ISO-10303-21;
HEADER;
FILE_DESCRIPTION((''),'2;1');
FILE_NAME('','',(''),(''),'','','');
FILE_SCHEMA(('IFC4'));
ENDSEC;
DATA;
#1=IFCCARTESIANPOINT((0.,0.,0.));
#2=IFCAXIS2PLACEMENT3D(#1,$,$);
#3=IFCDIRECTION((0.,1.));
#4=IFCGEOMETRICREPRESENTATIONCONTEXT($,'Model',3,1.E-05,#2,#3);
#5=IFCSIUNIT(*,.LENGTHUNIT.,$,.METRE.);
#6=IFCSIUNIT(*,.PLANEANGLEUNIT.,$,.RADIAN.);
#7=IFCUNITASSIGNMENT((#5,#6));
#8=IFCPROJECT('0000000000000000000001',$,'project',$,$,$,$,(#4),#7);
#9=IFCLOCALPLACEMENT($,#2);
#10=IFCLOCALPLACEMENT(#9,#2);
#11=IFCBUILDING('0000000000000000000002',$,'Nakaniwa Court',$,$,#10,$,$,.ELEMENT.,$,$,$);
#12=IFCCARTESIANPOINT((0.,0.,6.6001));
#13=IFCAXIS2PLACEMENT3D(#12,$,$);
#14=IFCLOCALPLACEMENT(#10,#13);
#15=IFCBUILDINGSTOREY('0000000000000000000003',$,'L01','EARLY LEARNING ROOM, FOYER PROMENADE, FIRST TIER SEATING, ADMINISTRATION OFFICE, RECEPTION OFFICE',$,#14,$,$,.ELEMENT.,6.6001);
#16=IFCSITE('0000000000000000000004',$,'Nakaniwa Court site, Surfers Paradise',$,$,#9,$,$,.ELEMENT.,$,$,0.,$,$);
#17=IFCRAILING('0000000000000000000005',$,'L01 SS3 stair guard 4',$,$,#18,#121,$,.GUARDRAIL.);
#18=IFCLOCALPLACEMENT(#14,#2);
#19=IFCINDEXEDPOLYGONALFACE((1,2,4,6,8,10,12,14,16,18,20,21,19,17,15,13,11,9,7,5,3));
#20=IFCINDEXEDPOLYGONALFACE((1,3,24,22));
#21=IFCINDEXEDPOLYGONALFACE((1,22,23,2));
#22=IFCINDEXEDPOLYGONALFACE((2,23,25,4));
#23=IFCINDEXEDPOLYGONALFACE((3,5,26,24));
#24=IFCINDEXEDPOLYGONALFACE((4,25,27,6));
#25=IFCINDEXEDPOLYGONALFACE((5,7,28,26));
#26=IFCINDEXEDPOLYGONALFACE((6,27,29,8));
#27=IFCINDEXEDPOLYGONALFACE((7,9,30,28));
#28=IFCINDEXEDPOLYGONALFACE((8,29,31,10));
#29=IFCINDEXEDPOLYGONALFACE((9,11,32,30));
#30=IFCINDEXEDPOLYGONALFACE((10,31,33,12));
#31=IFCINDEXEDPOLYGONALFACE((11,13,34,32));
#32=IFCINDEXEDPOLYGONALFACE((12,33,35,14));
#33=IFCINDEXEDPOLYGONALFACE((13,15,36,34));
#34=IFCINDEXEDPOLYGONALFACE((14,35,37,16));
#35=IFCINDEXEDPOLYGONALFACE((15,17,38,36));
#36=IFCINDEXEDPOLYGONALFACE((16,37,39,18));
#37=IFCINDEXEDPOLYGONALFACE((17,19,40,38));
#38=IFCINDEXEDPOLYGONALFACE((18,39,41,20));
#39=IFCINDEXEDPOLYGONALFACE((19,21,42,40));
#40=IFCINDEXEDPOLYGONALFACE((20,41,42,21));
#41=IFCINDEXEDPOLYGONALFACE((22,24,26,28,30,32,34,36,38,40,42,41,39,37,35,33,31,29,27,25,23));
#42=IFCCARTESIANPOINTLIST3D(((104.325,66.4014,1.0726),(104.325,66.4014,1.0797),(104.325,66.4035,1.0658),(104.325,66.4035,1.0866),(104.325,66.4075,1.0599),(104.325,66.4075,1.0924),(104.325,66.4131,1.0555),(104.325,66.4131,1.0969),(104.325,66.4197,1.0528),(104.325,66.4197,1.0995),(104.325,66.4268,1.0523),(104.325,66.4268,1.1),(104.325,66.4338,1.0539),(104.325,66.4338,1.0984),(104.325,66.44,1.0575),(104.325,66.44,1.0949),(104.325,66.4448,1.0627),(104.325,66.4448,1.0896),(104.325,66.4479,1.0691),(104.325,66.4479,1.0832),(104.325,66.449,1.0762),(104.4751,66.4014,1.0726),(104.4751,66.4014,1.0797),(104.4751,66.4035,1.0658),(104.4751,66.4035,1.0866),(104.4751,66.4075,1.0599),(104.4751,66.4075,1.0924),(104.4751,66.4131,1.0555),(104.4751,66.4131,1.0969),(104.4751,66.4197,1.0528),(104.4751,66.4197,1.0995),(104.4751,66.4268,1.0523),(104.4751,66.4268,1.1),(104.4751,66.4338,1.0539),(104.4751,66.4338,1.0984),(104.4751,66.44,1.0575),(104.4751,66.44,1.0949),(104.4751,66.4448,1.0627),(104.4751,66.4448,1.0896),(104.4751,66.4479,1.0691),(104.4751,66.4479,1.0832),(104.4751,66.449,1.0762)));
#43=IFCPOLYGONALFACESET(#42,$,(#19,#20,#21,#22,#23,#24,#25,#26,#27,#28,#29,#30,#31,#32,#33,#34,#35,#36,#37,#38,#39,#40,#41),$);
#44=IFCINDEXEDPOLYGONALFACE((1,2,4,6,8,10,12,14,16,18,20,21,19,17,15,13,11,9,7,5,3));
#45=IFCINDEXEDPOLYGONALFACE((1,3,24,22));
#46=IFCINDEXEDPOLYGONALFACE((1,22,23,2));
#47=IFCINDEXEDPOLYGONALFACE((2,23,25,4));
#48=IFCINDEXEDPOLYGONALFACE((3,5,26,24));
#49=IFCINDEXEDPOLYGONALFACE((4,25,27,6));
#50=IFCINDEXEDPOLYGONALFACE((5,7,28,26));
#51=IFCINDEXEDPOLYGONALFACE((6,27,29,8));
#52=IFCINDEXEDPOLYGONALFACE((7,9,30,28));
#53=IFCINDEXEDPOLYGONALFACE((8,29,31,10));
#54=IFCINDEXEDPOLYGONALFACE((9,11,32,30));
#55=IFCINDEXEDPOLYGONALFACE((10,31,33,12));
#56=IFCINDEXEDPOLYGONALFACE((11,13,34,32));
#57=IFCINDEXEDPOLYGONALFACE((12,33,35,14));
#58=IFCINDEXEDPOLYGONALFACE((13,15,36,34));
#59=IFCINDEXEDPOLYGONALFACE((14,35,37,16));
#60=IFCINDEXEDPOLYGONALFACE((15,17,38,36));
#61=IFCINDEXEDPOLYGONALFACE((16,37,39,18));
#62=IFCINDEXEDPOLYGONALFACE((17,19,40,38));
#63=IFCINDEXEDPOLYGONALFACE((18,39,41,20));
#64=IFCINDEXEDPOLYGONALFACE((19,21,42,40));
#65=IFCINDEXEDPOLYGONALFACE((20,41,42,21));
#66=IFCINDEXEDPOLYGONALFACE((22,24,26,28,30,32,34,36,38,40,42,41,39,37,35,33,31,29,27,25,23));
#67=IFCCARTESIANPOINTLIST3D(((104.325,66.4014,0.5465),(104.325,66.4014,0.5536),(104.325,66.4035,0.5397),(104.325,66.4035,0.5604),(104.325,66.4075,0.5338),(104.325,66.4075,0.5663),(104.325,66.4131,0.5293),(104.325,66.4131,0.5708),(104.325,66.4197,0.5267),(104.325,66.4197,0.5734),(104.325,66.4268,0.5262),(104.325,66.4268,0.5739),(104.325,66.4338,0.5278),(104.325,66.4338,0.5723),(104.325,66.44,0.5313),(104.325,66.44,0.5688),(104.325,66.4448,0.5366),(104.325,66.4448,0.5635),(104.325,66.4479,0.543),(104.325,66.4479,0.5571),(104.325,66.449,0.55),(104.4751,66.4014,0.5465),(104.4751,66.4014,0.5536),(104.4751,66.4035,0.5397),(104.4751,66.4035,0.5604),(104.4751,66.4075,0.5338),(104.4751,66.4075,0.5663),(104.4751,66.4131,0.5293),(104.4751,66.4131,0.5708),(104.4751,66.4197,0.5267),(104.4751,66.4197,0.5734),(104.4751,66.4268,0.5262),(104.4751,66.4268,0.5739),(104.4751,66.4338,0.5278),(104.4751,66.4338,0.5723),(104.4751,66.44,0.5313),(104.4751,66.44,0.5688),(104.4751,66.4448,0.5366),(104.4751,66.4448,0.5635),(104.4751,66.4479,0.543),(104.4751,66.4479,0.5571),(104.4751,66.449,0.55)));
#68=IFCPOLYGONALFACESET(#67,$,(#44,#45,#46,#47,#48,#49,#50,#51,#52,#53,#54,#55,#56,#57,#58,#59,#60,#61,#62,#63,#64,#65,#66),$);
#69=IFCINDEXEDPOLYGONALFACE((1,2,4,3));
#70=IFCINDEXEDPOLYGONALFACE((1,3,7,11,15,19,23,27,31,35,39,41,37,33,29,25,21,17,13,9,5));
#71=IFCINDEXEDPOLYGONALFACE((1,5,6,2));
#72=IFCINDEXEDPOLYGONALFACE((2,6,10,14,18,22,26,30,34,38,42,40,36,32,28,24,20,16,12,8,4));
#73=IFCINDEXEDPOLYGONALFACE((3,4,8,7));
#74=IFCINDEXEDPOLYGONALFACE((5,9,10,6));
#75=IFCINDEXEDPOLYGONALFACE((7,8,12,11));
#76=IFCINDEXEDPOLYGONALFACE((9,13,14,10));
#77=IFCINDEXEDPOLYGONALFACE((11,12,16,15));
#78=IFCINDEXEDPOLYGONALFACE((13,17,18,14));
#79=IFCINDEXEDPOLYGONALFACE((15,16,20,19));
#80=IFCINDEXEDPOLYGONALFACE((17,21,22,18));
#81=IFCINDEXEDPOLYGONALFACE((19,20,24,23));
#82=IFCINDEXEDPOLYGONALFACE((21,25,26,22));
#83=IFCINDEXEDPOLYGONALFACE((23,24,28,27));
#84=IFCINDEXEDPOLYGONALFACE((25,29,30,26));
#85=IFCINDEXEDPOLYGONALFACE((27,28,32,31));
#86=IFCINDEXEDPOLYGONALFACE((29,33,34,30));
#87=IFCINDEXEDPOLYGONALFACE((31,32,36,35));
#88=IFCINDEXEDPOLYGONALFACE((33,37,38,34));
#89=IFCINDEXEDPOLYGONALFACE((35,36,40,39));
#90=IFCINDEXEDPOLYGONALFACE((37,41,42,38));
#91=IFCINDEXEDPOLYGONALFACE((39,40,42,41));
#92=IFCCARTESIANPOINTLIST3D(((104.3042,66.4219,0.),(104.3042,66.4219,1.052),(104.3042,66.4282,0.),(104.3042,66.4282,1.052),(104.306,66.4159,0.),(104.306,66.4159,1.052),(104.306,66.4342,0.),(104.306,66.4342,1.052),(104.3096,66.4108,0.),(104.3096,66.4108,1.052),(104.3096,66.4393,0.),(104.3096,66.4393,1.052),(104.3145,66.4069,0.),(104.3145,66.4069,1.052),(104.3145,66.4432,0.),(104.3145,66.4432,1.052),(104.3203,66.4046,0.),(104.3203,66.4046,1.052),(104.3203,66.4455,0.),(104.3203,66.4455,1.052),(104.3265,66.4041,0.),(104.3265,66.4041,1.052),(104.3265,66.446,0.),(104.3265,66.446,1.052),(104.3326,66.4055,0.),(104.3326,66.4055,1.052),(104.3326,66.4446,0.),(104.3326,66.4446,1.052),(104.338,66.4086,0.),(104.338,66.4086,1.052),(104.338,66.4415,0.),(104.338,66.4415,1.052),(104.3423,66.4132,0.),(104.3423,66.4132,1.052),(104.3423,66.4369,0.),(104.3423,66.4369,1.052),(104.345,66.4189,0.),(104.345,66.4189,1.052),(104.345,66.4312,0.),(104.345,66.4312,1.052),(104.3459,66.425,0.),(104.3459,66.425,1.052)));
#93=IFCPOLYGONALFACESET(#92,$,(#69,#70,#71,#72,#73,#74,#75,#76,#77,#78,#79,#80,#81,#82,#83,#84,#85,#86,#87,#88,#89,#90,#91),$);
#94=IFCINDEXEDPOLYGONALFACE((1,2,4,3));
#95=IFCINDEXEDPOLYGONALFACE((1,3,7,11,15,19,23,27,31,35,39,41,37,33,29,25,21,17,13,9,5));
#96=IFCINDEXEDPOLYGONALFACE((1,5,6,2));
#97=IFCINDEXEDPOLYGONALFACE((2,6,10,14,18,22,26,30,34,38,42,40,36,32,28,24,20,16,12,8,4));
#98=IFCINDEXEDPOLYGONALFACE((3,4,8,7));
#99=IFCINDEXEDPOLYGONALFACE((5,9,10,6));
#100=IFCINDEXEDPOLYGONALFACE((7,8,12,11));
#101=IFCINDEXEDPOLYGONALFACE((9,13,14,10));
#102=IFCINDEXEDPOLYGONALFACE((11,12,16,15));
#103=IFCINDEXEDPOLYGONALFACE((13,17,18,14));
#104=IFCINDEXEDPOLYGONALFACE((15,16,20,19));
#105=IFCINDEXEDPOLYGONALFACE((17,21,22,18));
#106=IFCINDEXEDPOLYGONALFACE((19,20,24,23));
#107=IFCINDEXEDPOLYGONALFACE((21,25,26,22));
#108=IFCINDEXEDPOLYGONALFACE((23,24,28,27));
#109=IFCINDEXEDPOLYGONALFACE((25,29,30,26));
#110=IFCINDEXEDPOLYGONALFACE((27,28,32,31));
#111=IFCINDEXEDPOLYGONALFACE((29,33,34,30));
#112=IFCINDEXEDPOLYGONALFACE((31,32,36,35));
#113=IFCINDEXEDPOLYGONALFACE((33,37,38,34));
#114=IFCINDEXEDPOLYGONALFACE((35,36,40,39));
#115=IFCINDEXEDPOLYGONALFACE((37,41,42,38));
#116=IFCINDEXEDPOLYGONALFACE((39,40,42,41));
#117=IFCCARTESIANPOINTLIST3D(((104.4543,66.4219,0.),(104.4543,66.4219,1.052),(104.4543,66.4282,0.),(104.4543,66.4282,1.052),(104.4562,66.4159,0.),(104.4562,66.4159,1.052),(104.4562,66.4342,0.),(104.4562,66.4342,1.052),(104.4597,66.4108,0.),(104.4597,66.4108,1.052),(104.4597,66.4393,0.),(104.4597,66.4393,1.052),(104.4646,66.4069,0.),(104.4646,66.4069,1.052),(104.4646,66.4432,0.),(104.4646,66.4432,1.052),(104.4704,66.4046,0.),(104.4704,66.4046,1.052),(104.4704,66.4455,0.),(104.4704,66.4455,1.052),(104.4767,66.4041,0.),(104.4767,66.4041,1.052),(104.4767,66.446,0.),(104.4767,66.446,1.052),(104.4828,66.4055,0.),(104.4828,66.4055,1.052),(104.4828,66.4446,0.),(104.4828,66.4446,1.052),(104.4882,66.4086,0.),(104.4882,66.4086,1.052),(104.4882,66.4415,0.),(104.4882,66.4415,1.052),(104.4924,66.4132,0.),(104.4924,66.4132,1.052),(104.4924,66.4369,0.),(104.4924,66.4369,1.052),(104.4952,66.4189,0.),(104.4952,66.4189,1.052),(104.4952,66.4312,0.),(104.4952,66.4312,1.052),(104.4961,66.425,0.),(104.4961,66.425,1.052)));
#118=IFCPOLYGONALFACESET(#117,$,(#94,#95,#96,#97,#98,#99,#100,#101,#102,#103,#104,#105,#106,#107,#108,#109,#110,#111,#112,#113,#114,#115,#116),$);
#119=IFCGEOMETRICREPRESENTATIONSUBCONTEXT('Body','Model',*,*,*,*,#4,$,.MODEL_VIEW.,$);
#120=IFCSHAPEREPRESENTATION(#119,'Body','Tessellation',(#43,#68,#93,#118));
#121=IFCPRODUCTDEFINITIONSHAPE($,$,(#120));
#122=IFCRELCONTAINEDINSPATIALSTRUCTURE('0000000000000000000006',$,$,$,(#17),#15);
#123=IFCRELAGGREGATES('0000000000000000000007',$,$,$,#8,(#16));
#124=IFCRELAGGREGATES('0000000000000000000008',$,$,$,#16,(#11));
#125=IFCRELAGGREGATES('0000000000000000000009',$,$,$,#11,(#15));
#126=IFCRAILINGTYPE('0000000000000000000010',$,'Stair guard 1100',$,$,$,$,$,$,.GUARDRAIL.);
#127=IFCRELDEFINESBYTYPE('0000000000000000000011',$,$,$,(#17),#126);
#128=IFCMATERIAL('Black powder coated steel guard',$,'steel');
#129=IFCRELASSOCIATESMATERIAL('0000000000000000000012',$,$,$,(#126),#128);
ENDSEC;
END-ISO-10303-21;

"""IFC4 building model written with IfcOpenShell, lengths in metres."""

from ifc_helpers import new_model, si_unit, direction, frame, origin, origin_2d, place, context, subcontext, project, spatial, circle, extrude, material, type_object, element, save


model = new_model("IFC4")

# Units and contexts
model_context = context("Model", 3, precision=1e-05, world=origin(), true_north=direction((0.0, 1.0)))
body_context = subcontext(model_context, "Body", "Model", "MODEL_VIEW")
ifc_project = project(units=[si_unit("LENGTHUNIT", "METRE"), si_unit("PLANEANGLEUNIT", "RADIAN")], contexts=[model_context])

# Site, building, storey
site_placement = place(None, origin())
site = spatial("IfcSite", under=ifc_project, at=site_placement, Name="Nakaniwa Court site, Surfers Paradise", CompositionType="ELEMENT", RefElevation=0.0)
building_placement = place(site_placement, origin())
building = spatial("IfcBuilding", under=site, at=building_placement, Name="Nakaniwa Court", CompositionType="ELEMENT")
storey_placement = place(building_placement, frame((0.0, 0.0, 6.6001)))
storey = spatial("IfcBuildingStorey", under=building, at=storey_placement, Name="L01", Description="EARLY LEARNING ROOM, FOYER PROMENADE, FIRST TIER SEATING, ADMINISTRATION OFFICE, RECEPTION OFFICE", CompositionType="ELEMENT", Elevation=6.6001)

# Railing
ifc_material_1 = material(Name="Black powder coated steel guard", Category="steel")
railing_type_1 = type_object("IfcRailingType", Name="Stair guard 1100", PredefinedType="GUARDRAIL", material=ifc_material_1)
railing_1_placement = place(storey_placement, frame((104.325, 66.425, 0.0)))
element("IfcRailing", 1, at=railing_1_placement, inside=storey, type_object=railing_type_1, Name="L01 SS3 stair guard 4", PredefinedType="GUARDRAIL", context=body_context, shape_type="SweptSolid", body=[
    extrude(circle(Radius=0.0239, at=origin_2d()), frame((0.0, 0.0, 1.0762), z_axis=(1.0, 0.0, 0.0), x_axis=(0.0, 1.0, 0.0)), (0.0, 0.0, 1.0), 0.1501),
    extrude(circle(Radius=0.0239, at=origin_2d()), frame((0.0, 0.0, 0.55), z_axis=(1.0, 0.0, 0.0), x_axis=(0.0, 1.0, 0.0)), (0.0, 0.0, 1.0), 0.1501),
    extrude(circle(Radius=0.021, at=origin_2d()), origin(), (0.0, 0.0, 1.0), 1.052),
    extrude(circle(Radius=0.021, at=origin_2d()), frame((0.1501, 0.0, 0.0)), (0.0, 0.0, 1.0), 1.052),
])

save(model, "model.ifc")
